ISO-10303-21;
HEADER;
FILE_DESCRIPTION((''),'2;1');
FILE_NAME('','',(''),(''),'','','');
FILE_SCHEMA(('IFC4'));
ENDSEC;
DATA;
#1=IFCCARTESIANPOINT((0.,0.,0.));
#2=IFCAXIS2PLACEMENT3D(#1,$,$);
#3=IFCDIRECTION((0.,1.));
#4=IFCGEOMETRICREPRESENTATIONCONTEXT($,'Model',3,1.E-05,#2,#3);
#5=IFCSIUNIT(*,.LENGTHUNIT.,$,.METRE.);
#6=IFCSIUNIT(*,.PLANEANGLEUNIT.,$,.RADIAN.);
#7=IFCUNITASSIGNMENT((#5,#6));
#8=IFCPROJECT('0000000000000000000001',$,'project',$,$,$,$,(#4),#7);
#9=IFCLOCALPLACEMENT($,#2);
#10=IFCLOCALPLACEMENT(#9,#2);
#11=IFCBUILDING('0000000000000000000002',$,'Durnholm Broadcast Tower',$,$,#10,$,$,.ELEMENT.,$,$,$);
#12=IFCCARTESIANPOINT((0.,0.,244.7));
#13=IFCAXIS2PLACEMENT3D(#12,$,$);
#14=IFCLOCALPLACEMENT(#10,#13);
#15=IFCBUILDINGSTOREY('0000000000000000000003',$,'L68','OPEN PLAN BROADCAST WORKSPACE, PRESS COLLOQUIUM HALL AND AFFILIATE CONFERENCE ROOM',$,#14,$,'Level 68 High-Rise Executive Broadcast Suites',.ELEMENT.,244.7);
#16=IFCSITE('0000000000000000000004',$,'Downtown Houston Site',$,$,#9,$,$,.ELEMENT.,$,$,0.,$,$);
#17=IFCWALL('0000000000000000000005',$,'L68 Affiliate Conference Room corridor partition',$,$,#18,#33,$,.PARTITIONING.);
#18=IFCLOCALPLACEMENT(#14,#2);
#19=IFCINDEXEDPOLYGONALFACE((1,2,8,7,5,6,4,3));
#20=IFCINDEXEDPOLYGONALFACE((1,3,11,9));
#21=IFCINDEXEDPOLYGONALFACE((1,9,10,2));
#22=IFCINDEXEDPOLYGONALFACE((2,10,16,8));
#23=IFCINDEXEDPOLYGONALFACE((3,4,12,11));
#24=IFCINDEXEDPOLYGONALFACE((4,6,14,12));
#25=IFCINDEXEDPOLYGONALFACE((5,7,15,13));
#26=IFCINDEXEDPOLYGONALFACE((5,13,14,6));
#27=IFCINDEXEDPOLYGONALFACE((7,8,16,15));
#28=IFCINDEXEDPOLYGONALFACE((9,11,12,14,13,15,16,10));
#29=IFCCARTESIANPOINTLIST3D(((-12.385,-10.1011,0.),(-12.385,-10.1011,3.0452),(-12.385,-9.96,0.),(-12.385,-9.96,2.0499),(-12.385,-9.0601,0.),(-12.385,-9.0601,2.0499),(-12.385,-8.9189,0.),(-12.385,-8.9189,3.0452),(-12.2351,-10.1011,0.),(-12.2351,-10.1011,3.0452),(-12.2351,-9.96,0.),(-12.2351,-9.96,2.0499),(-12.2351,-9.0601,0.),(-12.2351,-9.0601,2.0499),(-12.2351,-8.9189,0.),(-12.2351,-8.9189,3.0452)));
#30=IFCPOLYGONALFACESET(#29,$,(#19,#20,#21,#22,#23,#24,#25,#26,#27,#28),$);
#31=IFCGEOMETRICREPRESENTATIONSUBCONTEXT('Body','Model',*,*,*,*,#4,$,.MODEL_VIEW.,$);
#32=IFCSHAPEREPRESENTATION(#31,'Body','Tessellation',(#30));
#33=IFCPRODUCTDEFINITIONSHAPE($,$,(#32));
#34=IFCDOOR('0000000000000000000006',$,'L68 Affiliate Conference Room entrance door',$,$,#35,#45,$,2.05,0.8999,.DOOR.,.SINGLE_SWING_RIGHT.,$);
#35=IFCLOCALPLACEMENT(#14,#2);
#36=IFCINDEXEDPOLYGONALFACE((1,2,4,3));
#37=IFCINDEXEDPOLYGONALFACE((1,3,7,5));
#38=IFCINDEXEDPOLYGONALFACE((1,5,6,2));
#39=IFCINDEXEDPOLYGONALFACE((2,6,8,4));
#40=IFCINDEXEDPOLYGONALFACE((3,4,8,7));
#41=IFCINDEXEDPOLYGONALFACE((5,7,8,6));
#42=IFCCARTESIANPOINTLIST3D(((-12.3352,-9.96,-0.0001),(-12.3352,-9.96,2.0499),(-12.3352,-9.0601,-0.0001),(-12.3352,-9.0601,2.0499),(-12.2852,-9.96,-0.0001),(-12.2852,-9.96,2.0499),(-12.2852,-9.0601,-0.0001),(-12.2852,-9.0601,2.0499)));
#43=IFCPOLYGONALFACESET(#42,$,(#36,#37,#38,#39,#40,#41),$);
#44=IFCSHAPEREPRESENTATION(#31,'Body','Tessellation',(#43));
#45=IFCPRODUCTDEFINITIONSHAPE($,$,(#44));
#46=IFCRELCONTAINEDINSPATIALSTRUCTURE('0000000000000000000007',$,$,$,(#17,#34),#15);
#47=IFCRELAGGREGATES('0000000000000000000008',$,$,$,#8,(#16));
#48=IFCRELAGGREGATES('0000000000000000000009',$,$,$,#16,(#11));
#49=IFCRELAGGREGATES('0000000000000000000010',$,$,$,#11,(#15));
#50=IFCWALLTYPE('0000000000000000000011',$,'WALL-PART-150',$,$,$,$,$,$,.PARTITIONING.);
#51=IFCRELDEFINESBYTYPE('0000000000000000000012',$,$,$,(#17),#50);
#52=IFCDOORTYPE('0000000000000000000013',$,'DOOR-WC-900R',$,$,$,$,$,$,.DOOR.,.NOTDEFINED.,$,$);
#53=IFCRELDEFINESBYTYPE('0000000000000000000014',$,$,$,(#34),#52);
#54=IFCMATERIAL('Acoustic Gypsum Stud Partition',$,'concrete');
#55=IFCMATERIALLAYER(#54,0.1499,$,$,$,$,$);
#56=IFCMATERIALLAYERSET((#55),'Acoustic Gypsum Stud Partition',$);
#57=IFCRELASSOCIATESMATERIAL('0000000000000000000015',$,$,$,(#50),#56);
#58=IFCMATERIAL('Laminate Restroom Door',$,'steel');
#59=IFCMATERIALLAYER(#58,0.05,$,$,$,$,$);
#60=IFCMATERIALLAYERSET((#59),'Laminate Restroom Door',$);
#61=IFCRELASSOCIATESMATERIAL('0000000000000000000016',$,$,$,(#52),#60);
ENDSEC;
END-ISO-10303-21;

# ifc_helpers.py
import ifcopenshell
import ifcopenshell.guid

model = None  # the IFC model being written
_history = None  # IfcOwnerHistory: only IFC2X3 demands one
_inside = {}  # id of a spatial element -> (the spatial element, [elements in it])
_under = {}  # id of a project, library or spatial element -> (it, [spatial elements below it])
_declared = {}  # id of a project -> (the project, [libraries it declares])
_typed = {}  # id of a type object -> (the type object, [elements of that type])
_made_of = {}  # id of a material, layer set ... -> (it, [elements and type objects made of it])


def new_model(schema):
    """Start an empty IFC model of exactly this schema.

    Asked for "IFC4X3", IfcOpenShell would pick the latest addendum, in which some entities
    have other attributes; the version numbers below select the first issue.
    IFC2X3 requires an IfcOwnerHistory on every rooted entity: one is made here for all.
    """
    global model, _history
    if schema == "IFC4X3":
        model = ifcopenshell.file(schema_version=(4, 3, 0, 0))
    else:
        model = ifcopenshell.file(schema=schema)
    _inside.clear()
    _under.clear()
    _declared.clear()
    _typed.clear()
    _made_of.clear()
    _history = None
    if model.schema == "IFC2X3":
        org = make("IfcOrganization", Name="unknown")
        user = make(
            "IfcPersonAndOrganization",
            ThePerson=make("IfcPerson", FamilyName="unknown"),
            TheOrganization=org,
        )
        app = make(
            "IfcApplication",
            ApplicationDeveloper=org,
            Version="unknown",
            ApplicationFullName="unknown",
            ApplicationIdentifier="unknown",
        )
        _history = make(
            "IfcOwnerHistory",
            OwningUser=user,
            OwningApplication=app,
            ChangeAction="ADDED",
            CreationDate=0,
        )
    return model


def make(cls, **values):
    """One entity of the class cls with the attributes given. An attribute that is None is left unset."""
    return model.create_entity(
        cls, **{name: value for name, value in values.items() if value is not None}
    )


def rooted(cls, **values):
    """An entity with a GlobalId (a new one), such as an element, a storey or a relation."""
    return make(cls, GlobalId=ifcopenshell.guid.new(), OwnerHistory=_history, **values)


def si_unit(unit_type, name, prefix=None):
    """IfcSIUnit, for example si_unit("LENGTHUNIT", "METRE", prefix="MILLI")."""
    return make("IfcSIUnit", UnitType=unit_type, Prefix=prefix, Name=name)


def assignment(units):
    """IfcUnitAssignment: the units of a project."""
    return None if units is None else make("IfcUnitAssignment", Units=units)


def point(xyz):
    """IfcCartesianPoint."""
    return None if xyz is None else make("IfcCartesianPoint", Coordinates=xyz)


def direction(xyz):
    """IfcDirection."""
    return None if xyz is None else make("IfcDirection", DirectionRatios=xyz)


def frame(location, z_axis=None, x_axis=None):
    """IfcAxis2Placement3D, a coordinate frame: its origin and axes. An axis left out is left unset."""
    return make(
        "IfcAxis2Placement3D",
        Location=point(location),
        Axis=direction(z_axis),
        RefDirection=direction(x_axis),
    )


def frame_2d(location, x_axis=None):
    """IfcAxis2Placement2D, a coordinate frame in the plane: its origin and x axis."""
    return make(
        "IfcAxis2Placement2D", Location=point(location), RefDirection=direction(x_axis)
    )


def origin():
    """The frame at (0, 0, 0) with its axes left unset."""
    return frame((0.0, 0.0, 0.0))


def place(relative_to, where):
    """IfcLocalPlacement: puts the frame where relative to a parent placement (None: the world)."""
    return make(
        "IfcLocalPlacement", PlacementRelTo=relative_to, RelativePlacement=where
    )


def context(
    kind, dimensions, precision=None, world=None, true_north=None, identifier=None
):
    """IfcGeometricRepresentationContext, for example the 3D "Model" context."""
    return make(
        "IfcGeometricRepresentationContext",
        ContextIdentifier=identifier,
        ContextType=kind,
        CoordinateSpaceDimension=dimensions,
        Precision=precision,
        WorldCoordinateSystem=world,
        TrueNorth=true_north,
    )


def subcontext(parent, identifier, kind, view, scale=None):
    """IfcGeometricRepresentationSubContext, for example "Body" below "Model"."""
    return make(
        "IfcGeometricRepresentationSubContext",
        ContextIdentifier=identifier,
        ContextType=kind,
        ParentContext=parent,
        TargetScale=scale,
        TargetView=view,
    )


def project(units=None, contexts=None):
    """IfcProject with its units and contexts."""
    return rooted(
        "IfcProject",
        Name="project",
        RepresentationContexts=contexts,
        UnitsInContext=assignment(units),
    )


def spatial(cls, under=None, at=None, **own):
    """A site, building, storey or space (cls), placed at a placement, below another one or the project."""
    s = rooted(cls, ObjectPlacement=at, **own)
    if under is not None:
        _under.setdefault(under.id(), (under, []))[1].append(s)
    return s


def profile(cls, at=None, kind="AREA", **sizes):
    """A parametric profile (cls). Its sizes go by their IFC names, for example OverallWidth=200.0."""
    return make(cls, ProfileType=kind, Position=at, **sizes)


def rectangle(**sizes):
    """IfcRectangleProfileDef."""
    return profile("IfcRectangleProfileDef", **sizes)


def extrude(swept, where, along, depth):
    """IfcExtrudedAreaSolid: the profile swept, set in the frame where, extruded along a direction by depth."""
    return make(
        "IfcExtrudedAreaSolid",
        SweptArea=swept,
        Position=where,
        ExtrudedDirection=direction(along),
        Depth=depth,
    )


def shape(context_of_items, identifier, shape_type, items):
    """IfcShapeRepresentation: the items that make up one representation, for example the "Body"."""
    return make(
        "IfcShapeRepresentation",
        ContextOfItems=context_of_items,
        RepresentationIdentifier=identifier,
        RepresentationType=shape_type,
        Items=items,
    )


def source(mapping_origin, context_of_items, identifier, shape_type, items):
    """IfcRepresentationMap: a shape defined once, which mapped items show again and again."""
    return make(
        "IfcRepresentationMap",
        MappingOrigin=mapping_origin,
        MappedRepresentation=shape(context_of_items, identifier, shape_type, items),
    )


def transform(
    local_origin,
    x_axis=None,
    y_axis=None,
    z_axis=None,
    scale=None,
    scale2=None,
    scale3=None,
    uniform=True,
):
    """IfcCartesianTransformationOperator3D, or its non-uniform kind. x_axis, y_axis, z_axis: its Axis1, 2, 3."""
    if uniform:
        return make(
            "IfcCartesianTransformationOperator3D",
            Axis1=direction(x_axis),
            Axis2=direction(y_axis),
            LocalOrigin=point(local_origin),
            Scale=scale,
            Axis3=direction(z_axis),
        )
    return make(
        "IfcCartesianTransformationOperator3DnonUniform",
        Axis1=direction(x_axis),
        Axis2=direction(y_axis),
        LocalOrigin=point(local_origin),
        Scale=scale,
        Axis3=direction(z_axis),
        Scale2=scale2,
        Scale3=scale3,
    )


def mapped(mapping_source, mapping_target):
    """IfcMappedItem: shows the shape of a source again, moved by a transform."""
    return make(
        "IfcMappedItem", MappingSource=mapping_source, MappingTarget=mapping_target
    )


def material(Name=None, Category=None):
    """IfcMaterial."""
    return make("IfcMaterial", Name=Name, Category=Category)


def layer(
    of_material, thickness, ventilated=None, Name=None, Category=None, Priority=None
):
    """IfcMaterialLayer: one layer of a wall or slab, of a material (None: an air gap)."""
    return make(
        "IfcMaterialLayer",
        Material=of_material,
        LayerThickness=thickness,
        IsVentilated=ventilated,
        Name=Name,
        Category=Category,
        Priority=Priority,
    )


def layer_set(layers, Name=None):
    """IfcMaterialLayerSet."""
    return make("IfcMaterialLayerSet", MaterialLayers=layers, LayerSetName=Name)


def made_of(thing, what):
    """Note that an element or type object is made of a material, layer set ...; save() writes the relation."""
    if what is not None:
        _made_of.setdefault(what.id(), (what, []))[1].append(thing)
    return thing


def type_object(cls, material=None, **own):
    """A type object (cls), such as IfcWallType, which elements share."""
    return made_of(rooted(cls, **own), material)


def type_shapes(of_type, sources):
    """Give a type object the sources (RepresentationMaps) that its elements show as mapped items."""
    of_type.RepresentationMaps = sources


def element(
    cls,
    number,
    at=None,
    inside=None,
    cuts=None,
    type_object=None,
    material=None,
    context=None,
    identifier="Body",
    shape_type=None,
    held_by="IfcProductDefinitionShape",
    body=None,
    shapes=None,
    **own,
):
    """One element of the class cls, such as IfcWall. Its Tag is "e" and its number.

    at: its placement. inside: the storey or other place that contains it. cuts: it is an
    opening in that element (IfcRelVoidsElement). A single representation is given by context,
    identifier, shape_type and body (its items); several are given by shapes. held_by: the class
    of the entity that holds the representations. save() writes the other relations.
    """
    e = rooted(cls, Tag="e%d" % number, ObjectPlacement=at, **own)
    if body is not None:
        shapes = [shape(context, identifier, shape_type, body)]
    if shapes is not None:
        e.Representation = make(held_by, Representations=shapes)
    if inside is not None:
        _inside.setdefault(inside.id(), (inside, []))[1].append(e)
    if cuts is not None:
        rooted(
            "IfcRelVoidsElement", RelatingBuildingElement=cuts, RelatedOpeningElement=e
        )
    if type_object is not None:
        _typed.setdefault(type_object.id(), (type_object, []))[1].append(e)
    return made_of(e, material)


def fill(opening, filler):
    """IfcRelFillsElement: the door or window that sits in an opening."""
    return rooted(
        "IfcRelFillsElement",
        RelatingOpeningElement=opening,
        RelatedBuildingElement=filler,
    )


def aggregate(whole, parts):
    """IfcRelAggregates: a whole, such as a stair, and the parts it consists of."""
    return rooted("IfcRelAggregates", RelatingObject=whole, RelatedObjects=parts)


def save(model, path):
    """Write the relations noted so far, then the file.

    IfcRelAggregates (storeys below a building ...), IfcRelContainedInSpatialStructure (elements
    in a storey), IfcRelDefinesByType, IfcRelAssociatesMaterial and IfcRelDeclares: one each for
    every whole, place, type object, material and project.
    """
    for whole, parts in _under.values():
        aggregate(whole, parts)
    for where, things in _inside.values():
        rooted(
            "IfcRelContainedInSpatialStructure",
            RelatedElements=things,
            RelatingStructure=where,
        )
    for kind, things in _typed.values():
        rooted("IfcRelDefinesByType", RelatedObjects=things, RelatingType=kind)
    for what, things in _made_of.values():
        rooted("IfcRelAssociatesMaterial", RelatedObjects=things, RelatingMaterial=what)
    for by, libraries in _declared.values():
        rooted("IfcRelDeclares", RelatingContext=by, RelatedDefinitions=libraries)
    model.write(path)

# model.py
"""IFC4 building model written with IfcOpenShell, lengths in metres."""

from ifc_helpers import new_model, si_unit, direction, frame, frame_2d, origin, place, context, subcontext, project, spatial, rectangle, extrude, source, transform, mapped, material, layer, layer_set, type_object, type_shapes, element, fill, save


model = new_model("IFC4")

# Units and contexts
model_context = context("Model", 3, precision=1e-05, world=origin(), true_north=direction((0.0, 1.0)))
body_context = subcontext(model_context, "Body", "Model", "MODEL_VIEW")
ifc_project = project(units=[si_unit("LENGTHUNIT", "METRE"), si_unit("PLANEANGLEUNIT", "RADIAN")], contexts=[model_context])

# Site, building, storey
site_placement = place(None, origin())
site = spatial("IfcSite", under=ifc_project, at=site_placement, Name="Downtown Houston Site", CompositionType="ELEMENT", RefElevation=0.0)
building_placement = place(site_placement, origin())
building = spatial("IfcBuilding", under=site, at=building_placement, Name="Durnholm Broadcast Tower", CompositionType="ELEMENT")
storey_placement = place(building_placement, frame((0.0, 0.0, 244.7)))
storey = spatial("IfcBuildingStorey", under=building, at=storey_placement, Name="L68", Description="OPEN PLAN BROADCAST WORKSPACE, PRESS COLLOQUIUM HALL AND AFFILIATE CONFERENCE ROOM", LongName="Level 68 High-Rise Executive Broadcast Suites", CompositionType="ELEMENT", Elevation=244.7)

# Shared definitions
ifc_material_1 = material(Name="Laminate Restroom Door", Category="steel")
ifc_material_2 = material(Name="Acoustic Gypsum Stud Partition", Category="concrete")
ifc_layer_1 = layer(ifc_material_2, 0.1499)
ifc_layer_set_1 = layer_set([ifc_layer_1], Name="Acoustic Gypsum Stud Partition")
wall_type_1 = type_object("IfcWallType", Name="WALL-PART-150", PredefinedType="PARTITIONING", material=ifc_layer_set_1)
ifc_layer_2 = layer(ifc_material_1, 0.05)
ifc_layer_set_2 = layer_set([ifc_layer_2], Name="Laminate Restroom Door")
door_type_1 = type_object("IfcDoorType", Name="DOOR-WC-900R", OperationType="NOTDEFINED", PredefinedType="DOOR", material=ifc_layer_set_2)
shared_shape_1 = source(origin(), body_context, "Body", "SweptSolid", [
    extrude(rectangle(XDim=0.8999, YDim=2.05, at=frame_2d((0.45, 1.0249))), frame((0.0, 0.0249, 0.0), z_axis=(0.0, -1.0, 0.0), x_axis=(1.0, 0.0, 0.0)), (0.0, 0.0, 1.0), 0.05),
])
type_shapes(door_type_1, [shared_shape_1])

# Wall, opening, door
wall_1_placement = place(storey_placement, frame((-12.3101, -8.9189, 0.0), z_axis=(0.0, 0.0, 1.0), x_axis=(0.0, -1.0, 0.0)))
wall_1 = element("IfcWall", 1, at=wall_1_placement, inside=storey, type_object=wall_type_1, Name="L68 Affiliate Conference Room corridor partition", PredefinedType="PARTITIONING", context=body_context, shape_type="SweptSolid", body=[
    extrude(rectangle(XDim=1.1821, YDim=0.1499, at=frame_2d((0.5911, 0.0))), origin(), (0.0, 0.0, 1.0), 3.0452),
])
opening_1_placement = place(wall_1_placement, frame((0.1411, 0.0, 0.0)))
opening_1 = element("IfcOpeningElement", 2, at=opening_1_placement, cuts=wall_1, PredefinedType="OPENING", context=body_context, shape_type="SweptSolid", body=[
    extrude(rectangle(XDim=0.8999, YDim=2.05, at=frame_2d((0.45, 1.0249))), frame((0.0, 0.085, 0.0), z_axis=(0.0, -1.0, 0.0), x_axis=(1.0, 0.0, 0.0)), (0.0, 0.0, 1.0), 0.1699),
])
door_1_placement = place(opening_1_placement, origin())
door_1 = element("IfcDoor", 3, at=door_1_placement, inside=storey, type_object=door_type_1, Name="L68 Affiliate Conference Room entrance door", OperationType="SINGLE_SWING_RIGHT", OverallHeight=2.05, OverallWidth=0.8999, PredefinedType="DOOR", context=body_context, shape_type="MappedRepresentation", body=[
    mapped(shared_shape_1, transform((0.0, 0.0, 0.0), x_axis=(1.0, 0.0, 0.0), y_axis=(0.0, 1.0, 0.0), z_axis=(0.0, 0.0, 1.0), scale=1.0)),
])
fill(opening_1, door_1)

save(model, "model.ifc")
